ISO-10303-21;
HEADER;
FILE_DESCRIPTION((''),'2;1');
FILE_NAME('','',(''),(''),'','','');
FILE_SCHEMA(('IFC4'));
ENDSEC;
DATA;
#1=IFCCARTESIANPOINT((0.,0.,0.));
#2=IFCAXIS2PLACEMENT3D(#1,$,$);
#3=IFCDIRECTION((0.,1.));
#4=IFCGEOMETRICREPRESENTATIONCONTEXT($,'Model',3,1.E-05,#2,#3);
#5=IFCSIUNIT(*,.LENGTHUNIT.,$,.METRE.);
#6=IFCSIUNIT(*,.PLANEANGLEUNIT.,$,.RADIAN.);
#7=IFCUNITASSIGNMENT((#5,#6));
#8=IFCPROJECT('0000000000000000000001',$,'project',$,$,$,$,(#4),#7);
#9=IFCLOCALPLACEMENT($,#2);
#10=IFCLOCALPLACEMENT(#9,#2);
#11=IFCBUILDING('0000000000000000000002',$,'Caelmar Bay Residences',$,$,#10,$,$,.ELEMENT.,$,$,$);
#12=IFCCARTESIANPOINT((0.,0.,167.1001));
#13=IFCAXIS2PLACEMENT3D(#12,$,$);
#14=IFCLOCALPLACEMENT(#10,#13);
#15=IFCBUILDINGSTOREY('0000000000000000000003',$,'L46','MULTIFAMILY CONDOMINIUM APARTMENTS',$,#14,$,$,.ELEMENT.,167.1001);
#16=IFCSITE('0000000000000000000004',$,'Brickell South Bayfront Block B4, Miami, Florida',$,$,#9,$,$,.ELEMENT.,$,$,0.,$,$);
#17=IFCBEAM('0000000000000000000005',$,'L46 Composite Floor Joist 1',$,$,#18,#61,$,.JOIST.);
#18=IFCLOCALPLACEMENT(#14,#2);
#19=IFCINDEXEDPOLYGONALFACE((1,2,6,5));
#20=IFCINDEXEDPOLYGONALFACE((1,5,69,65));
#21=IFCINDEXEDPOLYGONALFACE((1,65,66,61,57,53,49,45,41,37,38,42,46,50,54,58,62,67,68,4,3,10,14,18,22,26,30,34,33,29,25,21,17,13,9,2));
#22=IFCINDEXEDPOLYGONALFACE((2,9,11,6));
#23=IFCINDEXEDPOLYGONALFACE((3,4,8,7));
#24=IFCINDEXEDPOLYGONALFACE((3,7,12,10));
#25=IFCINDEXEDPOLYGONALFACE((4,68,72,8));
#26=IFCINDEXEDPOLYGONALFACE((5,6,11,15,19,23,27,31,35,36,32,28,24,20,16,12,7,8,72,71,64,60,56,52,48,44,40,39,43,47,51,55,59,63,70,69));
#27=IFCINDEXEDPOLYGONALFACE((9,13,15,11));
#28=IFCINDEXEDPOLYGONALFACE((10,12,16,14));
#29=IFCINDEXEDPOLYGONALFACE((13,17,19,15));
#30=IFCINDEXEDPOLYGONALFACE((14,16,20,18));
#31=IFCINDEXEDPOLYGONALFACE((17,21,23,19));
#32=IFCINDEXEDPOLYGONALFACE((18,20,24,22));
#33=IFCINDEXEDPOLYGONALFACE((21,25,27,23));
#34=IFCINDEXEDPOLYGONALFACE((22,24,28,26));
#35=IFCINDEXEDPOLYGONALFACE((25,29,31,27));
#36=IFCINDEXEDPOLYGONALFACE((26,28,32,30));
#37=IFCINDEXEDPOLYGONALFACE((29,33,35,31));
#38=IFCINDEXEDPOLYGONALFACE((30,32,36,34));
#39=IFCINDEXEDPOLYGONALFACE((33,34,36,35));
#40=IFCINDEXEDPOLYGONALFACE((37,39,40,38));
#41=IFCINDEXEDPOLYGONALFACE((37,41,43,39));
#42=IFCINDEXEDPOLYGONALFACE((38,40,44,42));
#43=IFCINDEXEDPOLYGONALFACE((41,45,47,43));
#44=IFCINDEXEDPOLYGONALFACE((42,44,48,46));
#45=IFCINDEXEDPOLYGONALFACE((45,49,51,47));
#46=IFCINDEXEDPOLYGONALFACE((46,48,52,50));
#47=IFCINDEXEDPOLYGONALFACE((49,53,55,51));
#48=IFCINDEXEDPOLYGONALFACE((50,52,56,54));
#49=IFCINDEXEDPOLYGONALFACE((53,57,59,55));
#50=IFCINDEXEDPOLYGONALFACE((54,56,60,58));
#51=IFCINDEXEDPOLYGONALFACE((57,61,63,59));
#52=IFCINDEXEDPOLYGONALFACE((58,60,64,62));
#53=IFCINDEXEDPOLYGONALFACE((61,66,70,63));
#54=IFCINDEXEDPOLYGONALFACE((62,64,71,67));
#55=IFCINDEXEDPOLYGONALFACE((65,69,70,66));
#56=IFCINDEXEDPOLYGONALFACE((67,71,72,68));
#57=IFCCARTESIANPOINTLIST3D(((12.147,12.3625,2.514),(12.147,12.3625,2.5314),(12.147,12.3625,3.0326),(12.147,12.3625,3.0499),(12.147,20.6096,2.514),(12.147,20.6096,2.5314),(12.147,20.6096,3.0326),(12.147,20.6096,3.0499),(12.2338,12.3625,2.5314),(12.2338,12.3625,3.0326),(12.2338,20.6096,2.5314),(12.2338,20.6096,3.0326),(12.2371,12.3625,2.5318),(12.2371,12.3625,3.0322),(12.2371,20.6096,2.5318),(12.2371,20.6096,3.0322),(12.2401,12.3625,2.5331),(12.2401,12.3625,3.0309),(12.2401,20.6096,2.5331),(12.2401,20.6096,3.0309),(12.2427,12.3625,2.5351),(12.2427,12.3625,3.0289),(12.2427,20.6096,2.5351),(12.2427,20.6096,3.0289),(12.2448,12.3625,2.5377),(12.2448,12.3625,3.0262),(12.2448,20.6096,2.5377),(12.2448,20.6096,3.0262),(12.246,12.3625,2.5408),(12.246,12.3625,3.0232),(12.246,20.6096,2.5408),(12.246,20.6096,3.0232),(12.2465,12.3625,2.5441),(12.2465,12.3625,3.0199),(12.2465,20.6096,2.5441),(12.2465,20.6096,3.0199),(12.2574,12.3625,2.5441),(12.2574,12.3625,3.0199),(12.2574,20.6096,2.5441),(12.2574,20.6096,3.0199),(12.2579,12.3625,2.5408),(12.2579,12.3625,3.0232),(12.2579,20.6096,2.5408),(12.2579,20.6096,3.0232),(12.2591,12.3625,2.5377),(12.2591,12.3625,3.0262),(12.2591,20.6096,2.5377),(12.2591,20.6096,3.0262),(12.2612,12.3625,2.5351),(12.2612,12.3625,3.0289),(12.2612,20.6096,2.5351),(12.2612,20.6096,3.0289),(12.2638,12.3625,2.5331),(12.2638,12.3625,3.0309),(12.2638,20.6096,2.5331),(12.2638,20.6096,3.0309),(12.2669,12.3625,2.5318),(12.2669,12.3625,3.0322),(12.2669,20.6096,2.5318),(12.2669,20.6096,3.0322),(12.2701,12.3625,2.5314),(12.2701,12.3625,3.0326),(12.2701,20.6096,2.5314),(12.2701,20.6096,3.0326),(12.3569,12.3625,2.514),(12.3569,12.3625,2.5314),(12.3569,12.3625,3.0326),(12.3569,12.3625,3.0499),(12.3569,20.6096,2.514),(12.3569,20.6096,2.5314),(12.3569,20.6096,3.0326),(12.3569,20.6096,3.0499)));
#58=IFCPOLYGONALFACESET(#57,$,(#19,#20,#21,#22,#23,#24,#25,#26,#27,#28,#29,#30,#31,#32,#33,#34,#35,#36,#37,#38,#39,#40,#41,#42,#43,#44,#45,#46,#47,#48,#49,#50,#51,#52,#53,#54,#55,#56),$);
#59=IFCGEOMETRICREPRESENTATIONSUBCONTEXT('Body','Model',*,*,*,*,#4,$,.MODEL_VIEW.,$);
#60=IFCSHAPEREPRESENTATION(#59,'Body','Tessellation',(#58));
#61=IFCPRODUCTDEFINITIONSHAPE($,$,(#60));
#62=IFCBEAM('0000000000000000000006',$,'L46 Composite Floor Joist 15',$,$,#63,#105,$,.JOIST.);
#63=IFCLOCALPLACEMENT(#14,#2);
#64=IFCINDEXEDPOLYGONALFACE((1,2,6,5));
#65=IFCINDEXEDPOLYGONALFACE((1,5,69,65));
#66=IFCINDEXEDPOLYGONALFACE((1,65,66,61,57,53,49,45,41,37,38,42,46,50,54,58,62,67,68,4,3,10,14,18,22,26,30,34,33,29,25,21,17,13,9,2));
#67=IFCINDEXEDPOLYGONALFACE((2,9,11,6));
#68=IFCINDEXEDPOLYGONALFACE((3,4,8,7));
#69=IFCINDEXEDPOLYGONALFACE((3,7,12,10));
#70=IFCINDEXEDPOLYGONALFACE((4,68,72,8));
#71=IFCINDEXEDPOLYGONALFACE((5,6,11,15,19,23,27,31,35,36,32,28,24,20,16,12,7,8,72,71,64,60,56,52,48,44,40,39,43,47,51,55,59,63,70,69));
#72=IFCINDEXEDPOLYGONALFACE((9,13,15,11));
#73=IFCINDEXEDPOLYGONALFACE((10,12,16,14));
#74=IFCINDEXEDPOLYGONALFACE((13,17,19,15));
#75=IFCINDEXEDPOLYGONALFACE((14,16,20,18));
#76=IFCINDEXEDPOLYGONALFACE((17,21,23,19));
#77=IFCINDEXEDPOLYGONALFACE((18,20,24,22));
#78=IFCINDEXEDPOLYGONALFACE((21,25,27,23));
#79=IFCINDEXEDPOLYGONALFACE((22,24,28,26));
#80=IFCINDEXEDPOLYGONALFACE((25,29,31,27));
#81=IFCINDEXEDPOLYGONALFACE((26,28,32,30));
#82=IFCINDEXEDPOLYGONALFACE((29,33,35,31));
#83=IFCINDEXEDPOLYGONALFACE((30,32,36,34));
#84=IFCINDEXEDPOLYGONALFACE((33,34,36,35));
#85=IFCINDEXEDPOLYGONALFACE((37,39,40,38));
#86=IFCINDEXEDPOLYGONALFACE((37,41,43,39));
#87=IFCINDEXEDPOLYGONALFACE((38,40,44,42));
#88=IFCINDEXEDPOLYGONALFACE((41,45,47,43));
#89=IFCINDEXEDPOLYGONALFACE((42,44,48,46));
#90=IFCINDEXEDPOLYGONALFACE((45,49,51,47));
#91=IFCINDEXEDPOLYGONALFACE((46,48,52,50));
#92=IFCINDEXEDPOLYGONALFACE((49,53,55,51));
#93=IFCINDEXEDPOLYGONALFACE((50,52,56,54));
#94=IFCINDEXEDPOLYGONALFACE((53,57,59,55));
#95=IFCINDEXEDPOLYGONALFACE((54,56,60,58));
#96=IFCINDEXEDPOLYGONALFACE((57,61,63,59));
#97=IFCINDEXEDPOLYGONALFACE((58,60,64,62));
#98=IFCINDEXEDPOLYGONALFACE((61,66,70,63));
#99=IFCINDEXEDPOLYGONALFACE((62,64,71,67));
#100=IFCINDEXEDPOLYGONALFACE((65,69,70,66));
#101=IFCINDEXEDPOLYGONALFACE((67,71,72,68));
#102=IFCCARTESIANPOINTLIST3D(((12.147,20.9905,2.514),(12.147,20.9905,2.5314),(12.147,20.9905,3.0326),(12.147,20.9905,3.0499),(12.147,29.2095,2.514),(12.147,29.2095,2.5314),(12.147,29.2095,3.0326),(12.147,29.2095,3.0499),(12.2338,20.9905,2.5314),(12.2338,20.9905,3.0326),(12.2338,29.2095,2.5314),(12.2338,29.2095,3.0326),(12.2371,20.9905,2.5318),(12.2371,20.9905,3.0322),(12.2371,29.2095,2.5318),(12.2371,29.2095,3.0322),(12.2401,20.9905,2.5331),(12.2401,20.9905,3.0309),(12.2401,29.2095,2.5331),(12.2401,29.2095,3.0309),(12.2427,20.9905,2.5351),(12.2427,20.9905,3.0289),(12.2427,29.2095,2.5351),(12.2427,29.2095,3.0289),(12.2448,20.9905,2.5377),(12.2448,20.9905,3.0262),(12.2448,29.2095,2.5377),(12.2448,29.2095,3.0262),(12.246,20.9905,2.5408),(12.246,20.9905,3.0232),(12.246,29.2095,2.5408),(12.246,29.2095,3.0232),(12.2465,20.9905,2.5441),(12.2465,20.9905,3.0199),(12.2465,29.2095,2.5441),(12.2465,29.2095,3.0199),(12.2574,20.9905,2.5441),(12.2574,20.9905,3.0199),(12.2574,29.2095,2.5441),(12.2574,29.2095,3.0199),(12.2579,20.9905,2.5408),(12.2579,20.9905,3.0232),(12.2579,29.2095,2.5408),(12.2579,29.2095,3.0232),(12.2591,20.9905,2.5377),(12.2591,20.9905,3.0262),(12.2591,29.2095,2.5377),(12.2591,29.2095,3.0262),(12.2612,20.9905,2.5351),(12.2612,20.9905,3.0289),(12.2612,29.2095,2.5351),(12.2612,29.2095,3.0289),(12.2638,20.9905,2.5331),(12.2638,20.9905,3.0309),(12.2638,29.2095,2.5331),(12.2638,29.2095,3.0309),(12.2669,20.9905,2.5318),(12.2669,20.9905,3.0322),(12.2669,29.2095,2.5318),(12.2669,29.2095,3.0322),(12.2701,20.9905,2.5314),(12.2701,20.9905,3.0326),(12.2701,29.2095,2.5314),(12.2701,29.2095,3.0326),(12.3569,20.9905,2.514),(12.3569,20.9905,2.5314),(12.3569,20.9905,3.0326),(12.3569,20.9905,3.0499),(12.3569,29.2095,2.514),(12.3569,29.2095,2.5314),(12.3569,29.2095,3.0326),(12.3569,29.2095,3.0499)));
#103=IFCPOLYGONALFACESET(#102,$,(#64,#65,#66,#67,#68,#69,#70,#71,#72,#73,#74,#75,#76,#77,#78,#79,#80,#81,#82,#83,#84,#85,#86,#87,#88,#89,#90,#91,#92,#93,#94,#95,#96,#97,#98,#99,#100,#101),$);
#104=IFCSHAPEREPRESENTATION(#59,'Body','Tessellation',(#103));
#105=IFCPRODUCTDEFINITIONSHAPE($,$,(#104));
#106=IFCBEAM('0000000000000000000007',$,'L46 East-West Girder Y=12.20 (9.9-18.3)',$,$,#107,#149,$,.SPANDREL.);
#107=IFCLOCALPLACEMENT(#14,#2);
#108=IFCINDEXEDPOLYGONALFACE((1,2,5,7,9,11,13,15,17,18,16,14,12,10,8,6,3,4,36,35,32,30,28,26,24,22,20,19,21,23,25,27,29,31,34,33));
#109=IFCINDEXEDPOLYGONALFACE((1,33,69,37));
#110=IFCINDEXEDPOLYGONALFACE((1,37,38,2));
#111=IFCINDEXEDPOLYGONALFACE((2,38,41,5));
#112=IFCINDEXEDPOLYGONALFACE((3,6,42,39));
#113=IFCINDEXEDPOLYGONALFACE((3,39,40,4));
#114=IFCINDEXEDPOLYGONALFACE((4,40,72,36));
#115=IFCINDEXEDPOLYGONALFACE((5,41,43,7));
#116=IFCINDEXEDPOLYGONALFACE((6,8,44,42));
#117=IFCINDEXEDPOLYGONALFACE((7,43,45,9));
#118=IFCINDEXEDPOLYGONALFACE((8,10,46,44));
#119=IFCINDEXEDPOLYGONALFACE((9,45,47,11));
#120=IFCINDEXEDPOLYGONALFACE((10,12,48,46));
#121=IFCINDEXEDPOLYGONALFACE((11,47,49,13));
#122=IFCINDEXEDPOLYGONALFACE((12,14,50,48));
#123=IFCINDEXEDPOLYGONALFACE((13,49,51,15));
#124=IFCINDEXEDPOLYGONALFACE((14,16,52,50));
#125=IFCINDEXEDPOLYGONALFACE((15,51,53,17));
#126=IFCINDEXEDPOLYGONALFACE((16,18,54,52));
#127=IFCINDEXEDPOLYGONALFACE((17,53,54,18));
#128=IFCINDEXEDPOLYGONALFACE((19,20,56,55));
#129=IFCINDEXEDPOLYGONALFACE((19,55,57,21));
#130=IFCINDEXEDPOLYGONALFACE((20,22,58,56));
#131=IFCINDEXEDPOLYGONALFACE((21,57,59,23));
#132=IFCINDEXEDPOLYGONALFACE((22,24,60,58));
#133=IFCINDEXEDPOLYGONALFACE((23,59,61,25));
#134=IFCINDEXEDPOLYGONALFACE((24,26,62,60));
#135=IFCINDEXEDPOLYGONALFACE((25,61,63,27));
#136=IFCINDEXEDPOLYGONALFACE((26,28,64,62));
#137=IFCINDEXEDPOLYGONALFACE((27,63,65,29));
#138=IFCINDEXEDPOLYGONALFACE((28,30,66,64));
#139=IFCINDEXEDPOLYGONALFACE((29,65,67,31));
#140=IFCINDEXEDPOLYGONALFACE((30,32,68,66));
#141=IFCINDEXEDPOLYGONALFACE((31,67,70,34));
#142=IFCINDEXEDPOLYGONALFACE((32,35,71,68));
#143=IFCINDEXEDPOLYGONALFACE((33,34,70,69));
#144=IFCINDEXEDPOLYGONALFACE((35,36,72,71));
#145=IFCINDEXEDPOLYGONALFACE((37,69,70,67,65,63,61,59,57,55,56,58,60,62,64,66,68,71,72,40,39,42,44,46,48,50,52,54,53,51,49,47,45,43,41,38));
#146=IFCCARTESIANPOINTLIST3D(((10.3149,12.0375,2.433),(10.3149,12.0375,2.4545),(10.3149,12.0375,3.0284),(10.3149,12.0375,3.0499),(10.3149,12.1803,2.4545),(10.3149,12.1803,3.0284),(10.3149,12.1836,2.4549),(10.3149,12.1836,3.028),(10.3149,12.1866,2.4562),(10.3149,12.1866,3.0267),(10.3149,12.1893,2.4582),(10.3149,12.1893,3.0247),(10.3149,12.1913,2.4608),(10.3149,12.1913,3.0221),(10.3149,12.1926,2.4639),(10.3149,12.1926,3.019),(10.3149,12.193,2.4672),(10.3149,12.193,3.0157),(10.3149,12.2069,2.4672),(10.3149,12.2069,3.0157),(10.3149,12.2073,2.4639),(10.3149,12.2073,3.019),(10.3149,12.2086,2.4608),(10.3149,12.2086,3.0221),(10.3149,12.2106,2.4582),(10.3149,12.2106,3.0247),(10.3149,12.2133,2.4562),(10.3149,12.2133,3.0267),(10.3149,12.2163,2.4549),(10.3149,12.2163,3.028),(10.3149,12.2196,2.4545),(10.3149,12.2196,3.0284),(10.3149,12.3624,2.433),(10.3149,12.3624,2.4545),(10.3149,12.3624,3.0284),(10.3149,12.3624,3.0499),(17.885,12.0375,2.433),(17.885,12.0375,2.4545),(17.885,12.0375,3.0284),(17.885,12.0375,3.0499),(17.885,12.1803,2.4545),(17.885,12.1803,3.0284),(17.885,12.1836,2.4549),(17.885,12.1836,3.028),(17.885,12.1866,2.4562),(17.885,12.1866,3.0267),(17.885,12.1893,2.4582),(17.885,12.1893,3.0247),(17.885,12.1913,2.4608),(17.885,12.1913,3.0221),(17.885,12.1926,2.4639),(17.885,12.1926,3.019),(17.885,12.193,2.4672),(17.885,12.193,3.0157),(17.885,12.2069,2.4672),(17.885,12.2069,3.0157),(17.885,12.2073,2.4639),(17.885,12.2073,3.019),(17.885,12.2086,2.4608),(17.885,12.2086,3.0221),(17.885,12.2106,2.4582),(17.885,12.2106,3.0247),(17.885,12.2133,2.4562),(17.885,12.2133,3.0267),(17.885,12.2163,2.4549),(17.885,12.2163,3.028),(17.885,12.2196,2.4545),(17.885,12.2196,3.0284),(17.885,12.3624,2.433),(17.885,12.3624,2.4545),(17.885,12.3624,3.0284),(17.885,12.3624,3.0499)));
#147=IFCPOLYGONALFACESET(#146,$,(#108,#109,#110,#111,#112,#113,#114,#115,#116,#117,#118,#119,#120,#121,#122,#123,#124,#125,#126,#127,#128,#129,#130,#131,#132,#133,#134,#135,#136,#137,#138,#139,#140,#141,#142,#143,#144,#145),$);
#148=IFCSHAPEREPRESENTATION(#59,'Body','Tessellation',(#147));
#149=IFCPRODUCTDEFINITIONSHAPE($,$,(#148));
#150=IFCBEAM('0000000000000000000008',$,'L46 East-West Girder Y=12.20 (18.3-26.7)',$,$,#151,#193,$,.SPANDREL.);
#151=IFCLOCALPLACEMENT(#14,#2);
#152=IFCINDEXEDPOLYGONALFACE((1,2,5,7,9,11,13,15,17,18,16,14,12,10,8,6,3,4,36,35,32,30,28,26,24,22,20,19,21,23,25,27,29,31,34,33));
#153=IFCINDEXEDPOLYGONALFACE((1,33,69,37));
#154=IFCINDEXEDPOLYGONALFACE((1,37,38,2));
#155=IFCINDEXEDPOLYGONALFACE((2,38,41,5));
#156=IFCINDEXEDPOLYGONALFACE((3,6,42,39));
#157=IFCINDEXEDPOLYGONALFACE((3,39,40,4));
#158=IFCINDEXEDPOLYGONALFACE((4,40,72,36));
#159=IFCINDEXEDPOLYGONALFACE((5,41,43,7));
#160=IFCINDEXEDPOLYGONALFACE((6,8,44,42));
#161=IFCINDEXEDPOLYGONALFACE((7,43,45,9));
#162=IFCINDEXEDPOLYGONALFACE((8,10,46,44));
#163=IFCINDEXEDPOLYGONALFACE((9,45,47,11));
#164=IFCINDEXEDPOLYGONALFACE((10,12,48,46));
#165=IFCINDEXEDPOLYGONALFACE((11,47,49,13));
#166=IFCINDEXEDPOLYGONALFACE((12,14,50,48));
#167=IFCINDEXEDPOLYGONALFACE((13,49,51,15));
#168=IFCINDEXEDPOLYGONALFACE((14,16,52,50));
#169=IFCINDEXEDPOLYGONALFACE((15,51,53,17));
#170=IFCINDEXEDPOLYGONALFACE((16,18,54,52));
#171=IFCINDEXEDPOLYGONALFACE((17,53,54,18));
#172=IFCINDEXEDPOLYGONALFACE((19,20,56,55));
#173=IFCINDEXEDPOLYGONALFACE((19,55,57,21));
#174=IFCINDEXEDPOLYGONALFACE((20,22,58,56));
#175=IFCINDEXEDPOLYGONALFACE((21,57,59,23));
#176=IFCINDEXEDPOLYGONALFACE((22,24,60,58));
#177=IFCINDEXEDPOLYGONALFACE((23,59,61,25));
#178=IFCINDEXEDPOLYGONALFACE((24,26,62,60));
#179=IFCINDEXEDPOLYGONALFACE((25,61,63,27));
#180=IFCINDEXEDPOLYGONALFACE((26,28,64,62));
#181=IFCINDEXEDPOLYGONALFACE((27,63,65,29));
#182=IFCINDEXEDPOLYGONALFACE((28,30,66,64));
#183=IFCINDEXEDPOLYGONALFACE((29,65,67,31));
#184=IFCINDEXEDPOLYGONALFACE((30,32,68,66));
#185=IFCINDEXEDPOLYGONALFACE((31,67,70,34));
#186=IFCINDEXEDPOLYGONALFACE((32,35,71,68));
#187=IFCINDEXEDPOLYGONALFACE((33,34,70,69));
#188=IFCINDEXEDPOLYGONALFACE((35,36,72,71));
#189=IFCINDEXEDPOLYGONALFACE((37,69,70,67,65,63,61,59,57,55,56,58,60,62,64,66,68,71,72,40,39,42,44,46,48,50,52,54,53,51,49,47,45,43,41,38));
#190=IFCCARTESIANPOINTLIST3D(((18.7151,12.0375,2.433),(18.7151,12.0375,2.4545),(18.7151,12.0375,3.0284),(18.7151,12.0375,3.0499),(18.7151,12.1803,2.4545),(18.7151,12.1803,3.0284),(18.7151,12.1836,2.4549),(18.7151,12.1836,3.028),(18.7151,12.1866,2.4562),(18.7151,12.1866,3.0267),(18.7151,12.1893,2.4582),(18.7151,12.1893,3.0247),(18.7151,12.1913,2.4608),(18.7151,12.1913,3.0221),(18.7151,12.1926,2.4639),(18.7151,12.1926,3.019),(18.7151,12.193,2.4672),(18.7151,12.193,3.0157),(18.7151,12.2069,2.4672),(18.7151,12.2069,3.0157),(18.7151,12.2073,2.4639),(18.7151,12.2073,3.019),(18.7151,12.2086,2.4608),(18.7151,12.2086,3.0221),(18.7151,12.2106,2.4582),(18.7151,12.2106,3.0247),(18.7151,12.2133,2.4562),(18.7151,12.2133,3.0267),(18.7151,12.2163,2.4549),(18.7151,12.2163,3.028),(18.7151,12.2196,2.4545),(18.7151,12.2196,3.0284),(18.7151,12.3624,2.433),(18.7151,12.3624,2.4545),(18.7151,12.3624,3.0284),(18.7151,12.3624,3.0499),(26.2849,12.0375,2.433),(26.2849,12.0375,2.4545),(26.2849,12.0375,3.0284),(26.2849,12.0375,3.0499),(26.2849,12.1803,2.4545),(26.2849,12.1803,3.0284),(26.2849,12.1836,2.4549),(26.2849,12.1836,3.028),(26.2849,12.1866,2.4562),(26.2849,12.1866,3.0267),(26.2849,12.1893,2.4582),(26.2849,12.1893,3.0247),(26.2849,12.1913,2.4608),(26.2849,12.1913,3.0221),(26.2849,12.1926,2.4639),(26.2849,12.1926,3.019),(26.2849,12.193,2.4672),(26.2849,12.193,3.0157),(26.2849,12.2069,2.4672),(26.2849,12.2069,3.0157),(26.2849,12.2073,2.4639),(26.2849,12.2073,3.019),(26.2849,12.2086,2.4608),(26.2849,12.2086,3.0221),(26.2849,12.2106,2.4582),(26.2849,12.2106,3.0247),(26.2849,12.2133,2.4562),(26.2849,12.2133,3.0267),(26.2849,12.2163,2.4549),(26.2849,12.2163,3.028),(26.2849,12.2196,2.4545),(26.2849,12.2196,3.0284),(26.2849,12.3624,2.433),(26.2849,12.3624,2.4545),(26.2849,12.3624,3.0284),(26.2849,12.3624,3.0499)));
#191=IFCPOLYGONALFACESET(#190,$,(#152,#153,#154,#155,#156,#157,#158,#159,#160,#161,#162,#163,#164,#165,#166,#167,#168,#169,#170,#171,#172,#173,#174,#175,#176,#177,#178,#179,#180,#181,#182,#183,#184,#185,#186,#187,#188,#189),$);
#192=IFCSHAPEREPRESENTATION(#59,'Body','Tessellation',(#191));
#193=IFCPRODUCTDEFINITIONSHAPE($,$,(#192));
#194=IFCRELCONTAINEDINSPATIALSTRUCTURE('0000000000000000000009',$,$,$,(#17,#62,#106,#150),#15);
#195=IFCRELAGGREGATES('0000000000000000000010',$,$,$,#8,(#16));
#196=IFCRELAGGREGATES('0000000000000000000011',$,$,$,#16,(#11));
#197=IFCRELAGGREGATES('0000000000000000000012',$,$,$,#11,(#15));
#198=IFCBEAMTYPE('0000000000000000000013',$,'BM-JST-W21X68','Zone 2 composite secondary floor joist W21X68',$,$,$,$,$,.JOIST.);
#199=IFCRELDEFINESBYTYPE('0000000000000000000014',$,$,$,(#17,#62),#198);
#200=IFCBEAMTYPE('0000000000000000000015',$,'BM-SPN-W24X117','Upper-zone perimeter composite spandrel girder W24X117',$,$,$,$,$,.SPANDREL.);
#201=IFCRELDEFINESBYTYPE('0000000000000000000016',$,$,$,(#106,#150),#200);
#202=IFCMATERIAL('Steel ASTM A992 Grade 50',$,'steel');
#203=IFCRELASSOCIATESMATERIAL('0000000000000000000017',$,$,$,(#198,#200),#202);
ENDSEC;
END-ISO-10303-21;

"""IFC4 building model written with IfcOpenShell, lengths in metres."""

from ifc_helpers import new_model, si_unit, direction, frame, origin, origin_2d, place, context, subcontext, project, spatial, i_section, extrude, material, material_profile, profile_set, type_object, element, save


model = new_model("IFC4")

# Units and contexts
model_context = context("Model", 3, precision=1e-05, world=origin(), true_north=direction((0.0, 1.0)))
body_context = subcontext(model_context, "Body", "Model", "MODEL_VIEW")
ifc_project = project(units=[si_unit("LENGTHUNIT", "METRE"), si_unit("PLANEANGLEUNIT", "RADIAN")], contexts=[model_context])

# Site, building, storey
site_placement = place(None, origin())
site = spatial("IfcSite", under=ifc_project, at=site_placement, Name="Brickell South Bayfront Block B4, Miami, Florida", CompositionType="ELEMENT", RefElevation=0.0)
building_placement = place(site_placement, origin())
building = spatial("IfcBuilding", under=site, at=building_placement, Name="Caelmar Bay Residences", CompositionType="ELEMENT")
storey_placement = place(building_placement, frame((0.0, 0.0, 167.1001)))
storey = spatial("IfcBuildingStorey", under=building, at=storey_placement, Name="L46", Description="MULTIFAMILY CONDOMINIUM APARTMENTS", CompositionType="ELEMENT", Elevation=167.1001)

# Beams
ifc_material_1 = material(Name="Steel ASTM A992 Grade 50", Category="steel")
ifc_material_profile_1 = material_profile(ifc_material_1, i_section(OverallWidth=0.21, OverallDepth=0.5359, WebThickness=0.011, FlangeThickness=0.0173, FilletRadius=0.0127, at=origin_2d()), Name="W21X68")
ifc_profile_set_1 = profile_set([ifc_material_profile_1], Name="Steel ASTM A992 Grade 50")
beam_type_1 = type_object("IfcBeamType", Name="BM-JST-W21X68", Description="Zone 2 composite secondary floor joist W21X68", PredefinedType="JOIST", material=ifc_profile_set_1)
beam_1_placement = place(storey_placement, frame((12.252, 12.3625, 2.782), z_axis=(0.0, 1.0, 0.0), x_axis=(-1.0, 0.0, 0.0)))
element("IfcBeam", 1, at=beam_1_placement, inside=storey, type_object=beam_type_1, Name="L46 Composite Floor Joist 1", PredefinedType="JOIST", context=body_context, shape_type="SweptSolid", body=[
    extrude(i_section(OverallWidth=0.21, OverallDepth=0.5359, WebThickness=0.011, FlangeThickness=0.0173, FilletRadius=0.0127, at=origin_2d()), origin(), (0.0, 0.0, 1.0), 8.2471),
])
beam_2_placement = place(storey_placement, frame((12.252, 20.9905, 2.782), z_axis=(0.0, 1.0, 0.0), x_axis=(-1.0, 0.0, 0.0)))
element("IfcBeam", 2, at=beam_2_placement, inside=storey, type_object=beam_type_1, Name="L46 Composite Floor Joist 15", PredefinedType="JOIST", context=body_context, shape_type="SweptSolid", body=[
    extrude(i_section(OverallWidth=0.21, OverallDepth=0.5359, WebThickness=0.011, FlangeThickness=0.0173, FilletRadius=0.0127, at=origin_2d()), origin(), (0.0, 0.0, 1.0), 8.219),
])
ifc_material_profile_2 = material_profile(ifc_material_1, i_section(OverallWidth=0.325, OverallDepth=0.6169, WebThickness=0.0139, FlangeThickness=0.0215, FilletRadius=0.0127, at=origin_2d()), Name="W24X117")
ifc_profile_set_2 = profile_set([ifc_material_profile_2], Name="Steel ASTM A992 Grade 50")
beam_type_2 = type_object("IfcBeamType", Name="BM-SPN-W24X117", Description="Upper-zone perimeter composite spandrel girder W24X117", PredefinedType="SPANDREL", material=ifc_profile_set_2)
beam_3_placement = place(storey_placement, frame((10.3149, 12.2, 2.7415), z_axis=(1.0, 0.0, 0.0), x_axis=(0.0, 1.0, 0.0)))
element("IfcBeam", 3, at=beam_3_placement, inside=storey, type_object=beam_type_2, Name="L46 East-West Girder Y=12.20 (9.9-18.3)", PredefinedType="SPANDREL", context=body_context, shape_type="SweptSolid", body=[
    extrude(i_section(OverallWidth=0.325, OverallDepth=0.6169, WebThickness=0.0139, FlangeThickness=0.0215, FilletRadius=0.0127, at=origin_2d()), origin(), (0.0, 0.0, 1.0), 7.5701),
])
beam_4_placement = place(storey_placement, frame((18.7151, 12.2, 2.7415), z_axis=(1.0, 0.0, 0.0), x_axis=(0.0, 1.0, 0.0)))
element("IfcBeam", 4, at=beam_4_placement, inside=storey, type_object=beam_type_2, Name="L46 East-West Girder Y=12.20 (18.3-26.7)", PredefinedType="SPANDREL", context=body_context, shape_type="SweptSolid", body=[
    extrude(i_section(OverallWidth=0.325, OverallDepth=0.6169, WebThickness=0.0139, FlangeThickness=0.0215, FilletRadius=0.0127, at=origin_2d()), origin(), (0.0, 0.0, 1.0), 7.5698),
])

save(model, "model.ifc")
